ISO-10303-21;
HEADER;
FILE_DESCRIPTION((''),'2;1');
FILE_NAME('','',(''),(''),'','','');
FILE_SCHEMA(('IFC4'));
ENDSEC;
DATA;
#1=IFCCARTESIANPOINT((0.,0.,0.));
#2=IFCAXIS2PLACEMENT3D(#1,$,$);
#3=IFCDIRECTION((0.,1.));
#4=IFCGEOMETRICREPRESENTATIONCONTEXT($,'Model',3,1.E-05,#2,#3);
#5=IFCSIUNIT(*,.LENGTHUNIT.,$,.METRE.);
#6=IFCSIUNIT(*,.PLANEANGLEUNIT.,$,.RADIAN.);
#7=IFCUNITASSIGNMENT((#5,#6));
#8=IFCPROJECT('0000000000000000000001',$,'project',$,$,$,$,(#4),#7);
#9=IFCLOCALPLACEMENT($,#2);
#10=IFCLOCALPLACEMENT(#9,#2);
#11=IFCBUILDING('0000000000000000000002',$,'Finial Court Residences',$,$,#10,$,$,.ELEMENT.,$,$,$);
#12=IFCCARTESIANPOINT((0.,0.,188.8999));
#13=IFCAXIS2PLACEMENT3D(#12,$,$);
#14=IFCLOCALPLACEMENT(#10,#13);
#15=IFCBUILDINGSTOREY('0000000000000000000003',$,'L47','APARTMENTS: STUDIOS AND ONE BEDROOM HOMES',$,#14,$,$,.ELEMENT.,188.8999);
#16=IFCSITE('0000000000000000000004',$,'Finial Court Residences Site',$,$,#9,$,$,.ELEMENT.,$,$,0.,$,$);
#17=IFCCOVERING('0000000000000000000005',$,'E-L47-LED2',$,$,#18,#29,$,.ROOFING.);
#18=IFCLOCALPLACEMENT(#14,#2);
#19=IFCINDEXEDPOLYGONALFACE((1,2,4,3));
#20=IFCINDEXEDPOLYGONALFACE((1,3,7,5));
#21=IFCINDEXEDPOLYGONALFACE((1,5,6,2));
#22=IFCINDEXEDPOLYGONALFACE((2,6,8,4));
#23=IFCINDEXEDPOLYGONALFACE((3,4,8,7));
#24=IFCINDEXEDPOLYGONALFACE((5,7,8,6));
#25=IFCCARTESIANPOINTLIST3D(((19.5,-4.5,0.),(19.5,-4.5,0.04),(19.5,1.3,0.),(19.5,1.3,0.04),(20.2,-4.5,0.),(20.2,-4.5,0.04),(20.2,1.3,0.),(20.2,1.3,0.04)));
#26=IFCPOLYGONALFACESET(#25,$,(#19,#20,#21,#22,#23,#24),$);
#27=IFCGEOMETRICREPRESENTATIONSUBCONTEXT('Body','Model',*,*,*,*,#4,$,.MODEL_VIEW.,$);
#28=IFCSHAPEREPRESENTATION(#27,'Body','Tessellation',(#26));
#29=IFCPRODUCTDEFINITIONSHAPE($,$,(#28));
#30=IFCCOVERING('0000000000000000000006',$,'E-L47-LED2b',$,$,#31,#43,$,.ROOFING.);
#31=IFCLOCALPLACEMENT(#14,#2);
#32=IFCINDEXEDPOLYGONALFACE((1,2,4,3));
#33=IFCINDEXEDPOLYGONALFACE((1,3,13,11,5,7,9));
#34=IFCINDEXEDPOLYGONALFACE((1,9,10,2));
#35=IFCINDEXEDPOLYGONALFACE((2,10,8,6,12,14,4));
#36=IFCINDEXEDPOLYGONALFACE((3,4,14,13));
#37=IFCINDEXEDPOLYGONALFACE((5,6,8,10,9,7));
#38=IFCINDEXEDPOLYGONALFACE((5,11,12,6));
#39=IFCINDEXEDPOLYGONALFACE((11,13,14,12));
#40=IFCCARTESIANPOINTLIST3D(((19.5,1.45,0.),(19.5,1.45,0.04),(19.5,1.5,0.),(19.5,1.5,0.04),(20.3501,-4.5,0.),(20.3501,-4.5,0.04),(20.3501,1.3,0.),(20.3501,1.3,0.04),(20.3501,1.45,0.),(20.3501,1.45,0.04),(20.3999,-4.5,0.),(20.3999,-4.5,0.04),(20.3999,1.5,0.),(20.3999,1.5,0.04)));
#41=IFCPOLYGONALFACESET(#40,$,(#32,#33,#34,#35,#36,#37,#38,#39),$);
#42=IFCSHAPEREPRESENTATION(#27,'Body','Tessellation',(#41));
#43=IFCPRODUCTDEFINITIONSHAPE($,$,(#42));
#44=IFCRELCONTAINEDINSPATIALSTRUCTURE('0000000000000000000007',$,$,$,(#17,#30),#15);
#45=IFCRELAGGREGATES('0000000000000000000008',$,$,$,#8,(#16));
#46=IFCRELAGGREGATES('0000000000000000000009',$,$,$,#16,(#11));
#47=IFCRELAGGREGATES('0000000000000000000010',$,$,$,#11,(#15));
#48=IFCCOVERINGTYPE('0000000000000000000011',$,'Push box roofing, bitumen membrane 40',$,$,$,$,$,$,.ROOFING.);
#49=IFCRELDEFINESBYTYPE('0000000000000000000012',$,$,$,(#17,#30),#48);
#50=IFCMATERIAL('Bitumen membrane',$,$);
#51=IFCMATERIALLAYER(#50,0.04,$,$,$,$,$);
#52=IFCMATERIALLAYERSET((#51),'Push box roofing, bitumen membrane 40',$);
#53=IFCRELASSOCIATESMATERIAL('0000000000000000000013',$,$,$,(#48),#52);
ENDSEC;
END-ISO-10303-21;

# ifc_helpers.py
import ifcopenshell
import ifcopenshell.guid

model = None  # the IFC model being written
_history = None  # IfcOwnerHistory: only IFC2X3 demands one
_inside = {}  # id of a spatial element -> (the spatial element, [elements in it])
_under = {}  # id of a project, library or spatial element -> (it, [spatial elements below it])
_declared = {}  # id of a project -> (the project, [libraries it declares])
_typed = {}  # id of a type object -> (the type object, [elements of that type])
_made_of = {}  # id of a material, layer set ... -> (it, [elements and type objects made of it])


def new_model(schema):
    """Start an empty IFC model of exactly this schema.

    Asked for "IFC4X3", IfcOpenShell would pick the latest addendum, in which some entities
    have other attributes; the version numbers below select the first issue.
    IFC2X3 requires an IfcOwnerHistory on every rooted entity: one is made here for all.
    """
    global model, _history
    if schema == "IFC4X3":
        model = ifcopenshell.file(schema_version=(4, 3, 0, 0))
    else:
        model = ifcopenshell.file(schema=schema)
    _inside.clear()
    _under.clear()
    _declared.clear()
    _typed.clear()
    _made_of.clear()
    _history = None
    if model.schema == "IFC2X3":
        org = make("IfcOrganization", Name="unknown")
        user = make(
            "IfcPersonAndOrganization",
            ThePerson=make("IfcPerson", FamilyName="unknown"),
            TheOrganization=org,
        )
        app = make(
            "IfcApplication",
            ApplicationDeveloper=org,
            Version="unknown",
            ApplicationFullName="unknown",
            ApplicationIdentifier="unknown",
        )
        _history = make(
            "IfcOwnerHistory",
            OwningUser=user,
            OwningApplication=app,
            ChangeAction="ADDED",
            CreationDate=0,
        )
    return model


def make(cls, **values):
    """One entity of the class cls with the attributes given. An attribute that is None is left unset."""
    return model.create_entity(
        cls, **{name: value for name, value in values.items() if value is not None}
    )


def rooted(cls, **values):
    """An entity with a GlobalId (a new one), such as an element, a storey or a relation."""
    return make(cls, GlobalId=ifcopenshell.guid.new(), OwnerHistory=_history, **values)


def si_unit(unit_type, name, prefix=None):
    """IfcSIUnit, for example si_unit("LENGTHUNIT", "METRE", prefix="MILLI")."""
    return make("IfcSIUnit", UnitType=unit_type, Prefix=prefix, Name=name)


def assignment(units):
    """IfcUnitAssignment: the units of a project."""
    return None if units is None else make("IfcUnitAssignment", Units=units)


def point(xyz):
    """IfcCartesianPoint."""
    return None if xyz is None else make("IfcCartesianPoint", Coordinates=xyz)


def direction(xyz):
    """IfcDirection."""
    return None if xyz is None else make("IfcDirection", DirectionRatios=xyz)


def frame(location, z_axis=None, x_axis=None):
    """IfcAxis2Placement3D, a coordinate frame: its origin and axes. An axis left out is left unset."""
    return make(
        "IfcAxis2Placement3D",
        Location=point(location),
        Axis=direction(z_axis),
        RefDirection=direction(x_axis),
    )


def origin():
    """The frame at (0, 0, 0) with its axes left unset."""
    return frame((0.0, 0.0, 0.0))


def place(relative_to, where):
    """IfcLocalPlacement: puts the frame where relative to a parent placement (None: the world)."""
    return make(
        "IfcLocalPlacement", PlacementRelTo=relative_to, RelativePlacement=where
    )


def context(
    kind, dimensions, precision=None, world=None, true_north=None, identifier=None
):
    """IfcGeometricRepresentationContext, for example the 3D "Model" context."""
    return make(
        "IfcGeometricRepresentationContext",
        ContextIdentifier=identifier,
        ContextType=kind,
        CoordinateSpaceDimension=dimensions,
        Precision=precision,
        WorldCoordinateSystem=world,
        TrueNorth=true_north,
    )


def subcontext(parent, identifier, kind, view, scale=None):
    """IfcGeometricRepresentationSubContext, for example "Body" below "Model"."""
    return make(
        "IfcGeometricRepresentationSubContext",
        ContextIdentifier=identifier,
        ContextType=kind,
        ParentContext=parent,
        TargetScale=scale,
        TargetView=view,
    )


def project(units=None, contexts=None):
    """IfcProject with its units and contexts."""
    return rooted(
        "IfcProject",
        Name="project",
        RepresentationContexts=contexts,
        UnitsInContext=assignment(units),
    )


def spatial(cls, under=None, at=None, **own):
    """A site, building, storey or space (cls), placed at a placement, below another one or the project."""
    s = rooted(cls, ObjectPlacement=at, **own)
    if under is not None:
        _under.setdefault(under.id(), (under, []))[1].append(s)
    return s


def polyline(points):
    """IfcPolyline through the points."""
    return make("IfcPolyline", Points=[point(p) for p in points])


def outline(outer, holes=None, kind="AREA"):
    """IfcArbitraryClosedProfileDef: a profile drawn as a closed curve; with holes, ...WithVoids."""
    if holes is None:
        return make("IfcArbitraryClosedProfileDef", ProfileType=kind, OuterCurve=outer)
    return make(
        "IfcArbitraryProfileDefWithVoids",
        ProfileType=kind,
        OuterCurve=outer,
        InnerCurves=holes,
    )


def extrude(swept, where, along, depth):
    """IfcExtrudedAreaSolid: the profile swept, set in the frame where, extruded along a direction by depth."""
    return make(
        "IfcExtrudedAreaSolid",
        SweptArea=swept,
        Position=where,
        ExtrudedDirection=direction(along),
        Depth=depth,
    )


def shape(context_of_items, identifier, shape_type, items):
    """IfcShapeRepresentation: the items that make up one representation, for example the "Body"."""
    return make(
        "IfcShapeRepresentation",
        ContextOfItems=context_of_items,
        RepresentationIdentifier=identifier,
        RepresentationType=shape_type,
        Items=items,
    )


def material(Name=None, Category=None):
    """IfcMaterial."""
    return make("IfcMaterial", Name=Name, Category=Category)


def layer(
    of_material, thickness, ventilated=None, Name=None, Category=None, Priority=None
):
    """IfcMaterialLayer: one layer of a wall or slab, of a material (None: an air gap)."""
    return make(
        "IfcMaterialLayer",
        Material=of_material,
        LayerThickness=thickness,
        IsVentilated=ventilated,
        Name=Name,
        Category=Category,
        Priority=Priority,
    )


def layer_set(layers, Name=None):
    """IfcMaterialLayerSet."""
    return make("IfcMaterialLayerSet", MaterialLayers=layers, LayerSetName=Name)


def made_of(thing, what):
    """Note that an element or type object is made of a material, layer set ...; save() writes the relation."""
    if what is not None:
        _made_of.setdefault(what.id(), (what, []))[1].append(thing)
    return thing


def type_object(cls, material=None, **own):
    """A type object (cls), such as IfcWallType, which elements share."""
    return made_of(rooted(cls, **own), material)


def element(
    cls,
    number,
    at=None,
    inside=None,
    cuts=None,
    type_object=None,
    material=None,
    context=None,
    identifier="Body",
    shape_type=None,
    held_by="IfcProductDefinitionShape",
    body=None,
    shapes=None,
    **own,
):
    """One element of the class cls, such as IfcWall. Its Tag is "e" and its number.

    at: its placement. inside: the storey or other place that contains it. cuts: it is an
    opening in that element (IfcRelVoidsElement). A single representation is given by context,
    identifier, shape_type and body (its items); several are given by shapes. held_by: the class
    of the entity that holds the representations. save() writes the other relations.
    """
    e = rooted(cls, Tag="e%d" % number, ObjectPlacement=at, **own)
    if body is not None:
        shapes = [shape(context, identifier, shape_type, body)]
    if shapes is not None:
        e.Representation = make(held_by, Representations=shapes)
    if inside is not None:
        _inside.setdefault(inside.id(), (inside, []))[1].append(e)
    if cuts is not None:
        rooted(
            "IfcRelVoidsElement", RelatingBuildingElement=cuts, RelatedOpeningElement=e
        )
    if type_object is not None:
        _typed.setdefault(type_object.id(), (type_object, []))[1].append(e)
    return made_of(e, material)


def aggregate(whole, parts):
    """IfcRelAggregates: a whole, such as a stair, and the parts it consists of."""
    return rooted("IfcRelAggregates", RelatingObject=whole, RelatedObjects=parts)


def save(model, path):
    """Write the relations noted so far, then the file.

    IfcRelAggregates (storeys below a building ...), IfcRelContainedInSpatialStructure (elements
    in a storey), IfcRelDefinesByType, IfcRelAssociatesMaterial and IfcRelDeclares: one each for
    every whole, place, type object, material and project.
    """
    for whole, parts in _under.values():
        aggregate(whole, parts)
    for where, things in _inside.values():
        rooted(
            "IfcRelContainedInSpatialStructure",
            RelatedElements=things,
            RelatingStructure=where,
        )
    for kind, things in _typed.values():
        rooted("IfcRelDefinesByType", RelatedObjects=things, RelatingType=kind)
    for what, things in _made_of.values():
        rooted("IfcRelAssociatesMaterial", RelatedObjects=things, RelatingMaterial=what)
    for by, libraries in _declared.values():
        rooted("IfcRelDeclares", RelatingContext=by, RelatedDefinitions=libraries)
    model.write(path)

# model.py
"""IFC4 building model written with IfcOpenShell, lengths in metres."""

from ifc_helpers import new_model, si_unit, direction, frame, origin, place, context, subcontext, project, spatial, polyline, outline, extrude, material, layer, layer_set, type_object, element, save


model = new_model("IFC4")

# Units and contexts
model_context = context("Model", 3, precision=1e-05, world=origin(), true_north=direction((0.0, 1.0)))
body_context = subcontext(model_context, "Body", "Model", "MODEL_VIEW")
ifc_project = project(units=[si_unit("LENGTHUNIT", "METRE"), si_unit("PLANEANGLEUNIT", "RADIAN")], contexts=[model_context])

# Site, building, storey
site_placement = place(None, origin())
site = spatial("IfcSite", under=ifc_project, at=site_placement, Name="Finial Court Residences Site", CompositionType="ELEMENT", RefElevation=0.0)
building_placement = place(site_placement, origin())
building = spatial("IfcBuilding", under=site, at=building_placement, Name="Finial Court Residences", CompositionType="ELEMENT")
storey_placement = place(building_placement, frame((0.0, 0.0, 188.8999)))
storey = spatial("IfcBuildingStorey", under=building, at=storey_placement, Name="L47", Description="APARTMENTS: STUDIOS AND ONE BEDROOM HOMES", CompositionType="ELEMENT", Elevation=188.8999)

# Coverings
ifc_material_1 = material(Name="Bitumen membrane")
ifc_layer_1 = layer(ifc_material_1, 0.04)
ifc_layer_set_1 = layer_set([ifc_layer_1], Name="Push box roofing, bitumen membrane 40")
covering_type_1 = type_object("IfcCoveringType", Name="Push box roofing, bitumen membrane 40", PredefinedType="ROOFING", material=ifc_layer_set_1)
covering_1_placement = place(storey_placement, origin())
element("IfcCovering", 1, at=covering_1_placement, inside=storey, type_object=covering_type_1, Name="E-L47-LED2", PredefinedType="ROOFING", context=body_context, shape_type="SweptSolid", body=[
    extrude(outline(polyline([(19.5, 1.3), (20.2, 1.3), (20.2, -4.5), (19.5, -4.5), (19.5, 1.3)])), origin(), (0.0, 0.0, 1.0), 0.04),
])
covering_2_placement = place(storey_placement, origin())
element("IfcCovering", 2, at=covering_2_placement, inside=storey, type_object=covering_type_1, Name="E-L47-LED2b", PredefinedType="ROOFING", context=body_context, shape_type="SweptSolid", body=[
    extrude(outline(polyline([(19.5, 1.5), (20.3999, 1.5), (20.3999, -4.5), (20.3501, -4.5), (20.3501, 1.3), (20.3501, 1.3), (20.3501, 1.45), (19.5, 1.45), (19.5, 1.5)])), origin(), (0.0, 0.0, 1.0), 0.04),
])

save(model, "model.ifc")
